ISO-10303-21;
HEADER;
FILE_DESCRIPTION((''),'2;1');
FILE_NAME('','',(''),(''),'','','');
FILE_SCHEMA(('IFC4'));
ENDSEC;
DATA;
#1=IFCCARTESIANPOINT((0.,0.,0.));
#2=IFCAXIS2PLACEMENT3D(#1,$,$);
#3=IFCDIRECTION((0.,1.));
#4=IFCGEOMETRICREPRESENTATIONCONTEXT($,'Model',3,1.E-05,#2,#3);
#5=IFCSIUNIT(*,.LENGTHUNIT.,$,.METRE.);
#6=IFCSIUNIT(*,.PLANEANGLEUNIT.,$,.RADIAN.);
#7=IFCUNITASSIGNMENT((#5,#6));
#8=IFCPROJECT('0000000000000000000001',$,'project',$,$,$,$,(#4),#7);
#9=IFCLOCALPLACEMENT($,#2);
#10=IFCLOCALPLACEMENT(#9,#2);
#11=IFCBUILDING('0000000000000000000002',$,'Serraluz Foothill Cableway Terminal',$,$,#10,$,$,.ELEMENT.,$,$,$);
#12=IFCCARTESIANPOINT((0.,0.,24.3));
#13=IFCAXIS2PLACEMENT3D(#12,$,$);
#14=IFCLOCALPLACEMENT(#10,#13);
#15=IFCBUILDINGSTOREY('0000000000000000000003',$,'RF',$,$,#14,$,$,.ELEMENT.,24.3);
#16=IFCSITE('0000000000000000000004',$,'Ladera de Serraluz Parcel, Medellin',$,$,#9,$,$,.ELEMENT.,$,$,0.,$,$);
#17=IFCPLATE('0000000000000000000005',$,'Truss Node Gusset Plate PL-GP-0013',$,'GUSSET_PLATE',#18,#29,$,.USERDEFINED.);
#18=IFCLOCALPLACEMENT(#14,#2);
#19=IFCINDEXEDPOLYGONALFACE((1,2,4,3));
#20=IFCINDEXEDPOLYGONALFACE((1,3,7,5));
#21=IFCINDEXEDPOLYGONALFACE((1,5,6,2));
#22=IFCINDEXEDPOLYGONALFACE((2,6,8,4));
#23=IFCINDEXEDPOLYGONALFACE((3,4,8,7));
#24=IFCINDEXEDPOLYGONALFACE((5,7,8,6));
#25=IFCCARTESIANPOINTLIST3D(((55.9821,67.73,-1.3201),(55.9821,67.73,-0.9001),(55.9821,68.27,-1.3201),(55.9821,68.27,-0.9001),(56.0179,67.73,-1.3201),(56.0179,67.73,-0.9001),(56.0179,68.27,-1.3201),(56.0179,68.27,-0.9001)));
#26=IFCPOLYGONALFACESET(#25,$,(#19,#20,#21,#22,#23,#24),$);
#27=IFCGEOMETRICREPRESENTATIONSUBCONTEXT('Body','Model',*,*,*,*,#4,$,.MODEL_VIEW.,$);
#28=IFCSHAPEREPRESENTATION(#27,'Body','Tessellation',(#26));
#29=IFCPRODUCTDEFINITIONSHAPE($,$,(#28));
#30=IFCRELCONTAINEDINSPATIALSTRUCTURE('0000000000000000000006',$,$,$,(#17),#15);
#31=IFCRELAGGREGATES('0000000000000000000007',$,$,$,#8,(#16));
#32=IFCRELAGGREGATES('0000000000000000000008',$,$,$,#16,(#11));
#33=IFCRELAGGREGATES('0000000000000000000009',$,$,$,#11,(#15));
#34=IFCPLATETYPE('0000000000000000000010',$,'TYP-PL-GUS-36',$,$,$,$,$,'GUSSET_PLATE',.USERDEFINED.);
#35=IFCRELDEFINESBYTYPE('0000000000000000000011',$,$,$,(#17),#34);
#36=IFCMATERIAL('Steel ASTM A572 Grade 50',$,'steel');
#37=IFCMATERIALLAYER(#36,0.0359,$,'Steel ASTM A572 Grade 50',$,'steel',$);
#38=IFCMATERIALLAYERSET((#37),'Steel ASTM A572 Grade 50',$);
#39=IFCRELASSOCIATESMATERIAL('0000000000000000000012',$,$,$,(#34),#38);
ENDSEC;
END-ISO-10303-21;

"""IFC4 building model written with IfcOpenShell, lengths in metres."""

from ifc_helpers import new_model, si_unit, direction, frame, origin, origin_2d, place, context, subcontext, project, spatial, rectangle, extrude, material, layer, layer_set, type_object, element, save


model = new_model("IFC4")

# Units and contexts
model_context = context("Model", 3, precision=1e-05, world=origin(), true_north=direction((0.0, 1.0)))
body_context = subcontext(model_context, "Body", "Model", "MODEL_VIEW")
ifc_project = project(units=[si_unit("LENGTHUNIT", "METRE"), si_unit("PLANEANGLEUNIT", "RADIAN")], contexts=[model_context])

# Site, building, storey
site_placement = place(None, origin())
site = spatial("IfcSite", under=ifc_project, at=site_placement, Name="Ladera de Serraluz Parcel, Medellin", CompositionType="ELEMENT", RefElevation=0.0)
building_placement = place(site_placement, origin())
building = spatial("IfcBuilding", under=site, at=building_placement, Name="Serraluz Foothill Cableway Terminal", CompositionType="ELEMENT")
storey_placement = place(building_placement, frame((0.0, 0.0, 24.3)))
storey = spatial("IfcBuildingStorey", under=building, at=storey_placement, Name="RF", CompositionType="ELEMENT", Elevation=24.3)

# Shared definitions
ifc_material_1 = material(Name="Steel ASTM A572 Grade 50", Category="steel")

# Plate
ifc_layer_1 = layer(ifc_material_1, 0.0359, Name="Steel ASTM A572 Grade 50", Category="steel")
ifc_layer_set_1 = layer_set([ifc_layer_1], Name="Steel ASTM A572 Grade 50")
plate_type_1 = type_object("IfcPlateType", Name="TYP-PL-GUS-36", ElementType="GUSSET_PLATE", PredefinedType="USERDEFINED", material=ifc_layer_set_1)
plate_1_placement = place(storey_placement, frame((56.0, 68.0, -1.3201), z_axis=(0.0, 0.0, 1.0), x_axis=(1.0, 0.0, 0.0)))
element("IfcPlate", 1, at=plate_1_placement, inside=storey, type_object=plate_type_1, Name="Truss Node Gusset Plate PL-GP-0013", ObjectType="GUSSET_PLATE", PredefinedType="USERDEFINED", context=body_context, shape_type="SweptSolid", body=[
    extrude(rectangle(XDim=0.0359, YDim=0.54, at=origin_2d()), origin(), (0.0, 0.0, 1.0), 0.4199),
])

save(model, "model.ifc")
